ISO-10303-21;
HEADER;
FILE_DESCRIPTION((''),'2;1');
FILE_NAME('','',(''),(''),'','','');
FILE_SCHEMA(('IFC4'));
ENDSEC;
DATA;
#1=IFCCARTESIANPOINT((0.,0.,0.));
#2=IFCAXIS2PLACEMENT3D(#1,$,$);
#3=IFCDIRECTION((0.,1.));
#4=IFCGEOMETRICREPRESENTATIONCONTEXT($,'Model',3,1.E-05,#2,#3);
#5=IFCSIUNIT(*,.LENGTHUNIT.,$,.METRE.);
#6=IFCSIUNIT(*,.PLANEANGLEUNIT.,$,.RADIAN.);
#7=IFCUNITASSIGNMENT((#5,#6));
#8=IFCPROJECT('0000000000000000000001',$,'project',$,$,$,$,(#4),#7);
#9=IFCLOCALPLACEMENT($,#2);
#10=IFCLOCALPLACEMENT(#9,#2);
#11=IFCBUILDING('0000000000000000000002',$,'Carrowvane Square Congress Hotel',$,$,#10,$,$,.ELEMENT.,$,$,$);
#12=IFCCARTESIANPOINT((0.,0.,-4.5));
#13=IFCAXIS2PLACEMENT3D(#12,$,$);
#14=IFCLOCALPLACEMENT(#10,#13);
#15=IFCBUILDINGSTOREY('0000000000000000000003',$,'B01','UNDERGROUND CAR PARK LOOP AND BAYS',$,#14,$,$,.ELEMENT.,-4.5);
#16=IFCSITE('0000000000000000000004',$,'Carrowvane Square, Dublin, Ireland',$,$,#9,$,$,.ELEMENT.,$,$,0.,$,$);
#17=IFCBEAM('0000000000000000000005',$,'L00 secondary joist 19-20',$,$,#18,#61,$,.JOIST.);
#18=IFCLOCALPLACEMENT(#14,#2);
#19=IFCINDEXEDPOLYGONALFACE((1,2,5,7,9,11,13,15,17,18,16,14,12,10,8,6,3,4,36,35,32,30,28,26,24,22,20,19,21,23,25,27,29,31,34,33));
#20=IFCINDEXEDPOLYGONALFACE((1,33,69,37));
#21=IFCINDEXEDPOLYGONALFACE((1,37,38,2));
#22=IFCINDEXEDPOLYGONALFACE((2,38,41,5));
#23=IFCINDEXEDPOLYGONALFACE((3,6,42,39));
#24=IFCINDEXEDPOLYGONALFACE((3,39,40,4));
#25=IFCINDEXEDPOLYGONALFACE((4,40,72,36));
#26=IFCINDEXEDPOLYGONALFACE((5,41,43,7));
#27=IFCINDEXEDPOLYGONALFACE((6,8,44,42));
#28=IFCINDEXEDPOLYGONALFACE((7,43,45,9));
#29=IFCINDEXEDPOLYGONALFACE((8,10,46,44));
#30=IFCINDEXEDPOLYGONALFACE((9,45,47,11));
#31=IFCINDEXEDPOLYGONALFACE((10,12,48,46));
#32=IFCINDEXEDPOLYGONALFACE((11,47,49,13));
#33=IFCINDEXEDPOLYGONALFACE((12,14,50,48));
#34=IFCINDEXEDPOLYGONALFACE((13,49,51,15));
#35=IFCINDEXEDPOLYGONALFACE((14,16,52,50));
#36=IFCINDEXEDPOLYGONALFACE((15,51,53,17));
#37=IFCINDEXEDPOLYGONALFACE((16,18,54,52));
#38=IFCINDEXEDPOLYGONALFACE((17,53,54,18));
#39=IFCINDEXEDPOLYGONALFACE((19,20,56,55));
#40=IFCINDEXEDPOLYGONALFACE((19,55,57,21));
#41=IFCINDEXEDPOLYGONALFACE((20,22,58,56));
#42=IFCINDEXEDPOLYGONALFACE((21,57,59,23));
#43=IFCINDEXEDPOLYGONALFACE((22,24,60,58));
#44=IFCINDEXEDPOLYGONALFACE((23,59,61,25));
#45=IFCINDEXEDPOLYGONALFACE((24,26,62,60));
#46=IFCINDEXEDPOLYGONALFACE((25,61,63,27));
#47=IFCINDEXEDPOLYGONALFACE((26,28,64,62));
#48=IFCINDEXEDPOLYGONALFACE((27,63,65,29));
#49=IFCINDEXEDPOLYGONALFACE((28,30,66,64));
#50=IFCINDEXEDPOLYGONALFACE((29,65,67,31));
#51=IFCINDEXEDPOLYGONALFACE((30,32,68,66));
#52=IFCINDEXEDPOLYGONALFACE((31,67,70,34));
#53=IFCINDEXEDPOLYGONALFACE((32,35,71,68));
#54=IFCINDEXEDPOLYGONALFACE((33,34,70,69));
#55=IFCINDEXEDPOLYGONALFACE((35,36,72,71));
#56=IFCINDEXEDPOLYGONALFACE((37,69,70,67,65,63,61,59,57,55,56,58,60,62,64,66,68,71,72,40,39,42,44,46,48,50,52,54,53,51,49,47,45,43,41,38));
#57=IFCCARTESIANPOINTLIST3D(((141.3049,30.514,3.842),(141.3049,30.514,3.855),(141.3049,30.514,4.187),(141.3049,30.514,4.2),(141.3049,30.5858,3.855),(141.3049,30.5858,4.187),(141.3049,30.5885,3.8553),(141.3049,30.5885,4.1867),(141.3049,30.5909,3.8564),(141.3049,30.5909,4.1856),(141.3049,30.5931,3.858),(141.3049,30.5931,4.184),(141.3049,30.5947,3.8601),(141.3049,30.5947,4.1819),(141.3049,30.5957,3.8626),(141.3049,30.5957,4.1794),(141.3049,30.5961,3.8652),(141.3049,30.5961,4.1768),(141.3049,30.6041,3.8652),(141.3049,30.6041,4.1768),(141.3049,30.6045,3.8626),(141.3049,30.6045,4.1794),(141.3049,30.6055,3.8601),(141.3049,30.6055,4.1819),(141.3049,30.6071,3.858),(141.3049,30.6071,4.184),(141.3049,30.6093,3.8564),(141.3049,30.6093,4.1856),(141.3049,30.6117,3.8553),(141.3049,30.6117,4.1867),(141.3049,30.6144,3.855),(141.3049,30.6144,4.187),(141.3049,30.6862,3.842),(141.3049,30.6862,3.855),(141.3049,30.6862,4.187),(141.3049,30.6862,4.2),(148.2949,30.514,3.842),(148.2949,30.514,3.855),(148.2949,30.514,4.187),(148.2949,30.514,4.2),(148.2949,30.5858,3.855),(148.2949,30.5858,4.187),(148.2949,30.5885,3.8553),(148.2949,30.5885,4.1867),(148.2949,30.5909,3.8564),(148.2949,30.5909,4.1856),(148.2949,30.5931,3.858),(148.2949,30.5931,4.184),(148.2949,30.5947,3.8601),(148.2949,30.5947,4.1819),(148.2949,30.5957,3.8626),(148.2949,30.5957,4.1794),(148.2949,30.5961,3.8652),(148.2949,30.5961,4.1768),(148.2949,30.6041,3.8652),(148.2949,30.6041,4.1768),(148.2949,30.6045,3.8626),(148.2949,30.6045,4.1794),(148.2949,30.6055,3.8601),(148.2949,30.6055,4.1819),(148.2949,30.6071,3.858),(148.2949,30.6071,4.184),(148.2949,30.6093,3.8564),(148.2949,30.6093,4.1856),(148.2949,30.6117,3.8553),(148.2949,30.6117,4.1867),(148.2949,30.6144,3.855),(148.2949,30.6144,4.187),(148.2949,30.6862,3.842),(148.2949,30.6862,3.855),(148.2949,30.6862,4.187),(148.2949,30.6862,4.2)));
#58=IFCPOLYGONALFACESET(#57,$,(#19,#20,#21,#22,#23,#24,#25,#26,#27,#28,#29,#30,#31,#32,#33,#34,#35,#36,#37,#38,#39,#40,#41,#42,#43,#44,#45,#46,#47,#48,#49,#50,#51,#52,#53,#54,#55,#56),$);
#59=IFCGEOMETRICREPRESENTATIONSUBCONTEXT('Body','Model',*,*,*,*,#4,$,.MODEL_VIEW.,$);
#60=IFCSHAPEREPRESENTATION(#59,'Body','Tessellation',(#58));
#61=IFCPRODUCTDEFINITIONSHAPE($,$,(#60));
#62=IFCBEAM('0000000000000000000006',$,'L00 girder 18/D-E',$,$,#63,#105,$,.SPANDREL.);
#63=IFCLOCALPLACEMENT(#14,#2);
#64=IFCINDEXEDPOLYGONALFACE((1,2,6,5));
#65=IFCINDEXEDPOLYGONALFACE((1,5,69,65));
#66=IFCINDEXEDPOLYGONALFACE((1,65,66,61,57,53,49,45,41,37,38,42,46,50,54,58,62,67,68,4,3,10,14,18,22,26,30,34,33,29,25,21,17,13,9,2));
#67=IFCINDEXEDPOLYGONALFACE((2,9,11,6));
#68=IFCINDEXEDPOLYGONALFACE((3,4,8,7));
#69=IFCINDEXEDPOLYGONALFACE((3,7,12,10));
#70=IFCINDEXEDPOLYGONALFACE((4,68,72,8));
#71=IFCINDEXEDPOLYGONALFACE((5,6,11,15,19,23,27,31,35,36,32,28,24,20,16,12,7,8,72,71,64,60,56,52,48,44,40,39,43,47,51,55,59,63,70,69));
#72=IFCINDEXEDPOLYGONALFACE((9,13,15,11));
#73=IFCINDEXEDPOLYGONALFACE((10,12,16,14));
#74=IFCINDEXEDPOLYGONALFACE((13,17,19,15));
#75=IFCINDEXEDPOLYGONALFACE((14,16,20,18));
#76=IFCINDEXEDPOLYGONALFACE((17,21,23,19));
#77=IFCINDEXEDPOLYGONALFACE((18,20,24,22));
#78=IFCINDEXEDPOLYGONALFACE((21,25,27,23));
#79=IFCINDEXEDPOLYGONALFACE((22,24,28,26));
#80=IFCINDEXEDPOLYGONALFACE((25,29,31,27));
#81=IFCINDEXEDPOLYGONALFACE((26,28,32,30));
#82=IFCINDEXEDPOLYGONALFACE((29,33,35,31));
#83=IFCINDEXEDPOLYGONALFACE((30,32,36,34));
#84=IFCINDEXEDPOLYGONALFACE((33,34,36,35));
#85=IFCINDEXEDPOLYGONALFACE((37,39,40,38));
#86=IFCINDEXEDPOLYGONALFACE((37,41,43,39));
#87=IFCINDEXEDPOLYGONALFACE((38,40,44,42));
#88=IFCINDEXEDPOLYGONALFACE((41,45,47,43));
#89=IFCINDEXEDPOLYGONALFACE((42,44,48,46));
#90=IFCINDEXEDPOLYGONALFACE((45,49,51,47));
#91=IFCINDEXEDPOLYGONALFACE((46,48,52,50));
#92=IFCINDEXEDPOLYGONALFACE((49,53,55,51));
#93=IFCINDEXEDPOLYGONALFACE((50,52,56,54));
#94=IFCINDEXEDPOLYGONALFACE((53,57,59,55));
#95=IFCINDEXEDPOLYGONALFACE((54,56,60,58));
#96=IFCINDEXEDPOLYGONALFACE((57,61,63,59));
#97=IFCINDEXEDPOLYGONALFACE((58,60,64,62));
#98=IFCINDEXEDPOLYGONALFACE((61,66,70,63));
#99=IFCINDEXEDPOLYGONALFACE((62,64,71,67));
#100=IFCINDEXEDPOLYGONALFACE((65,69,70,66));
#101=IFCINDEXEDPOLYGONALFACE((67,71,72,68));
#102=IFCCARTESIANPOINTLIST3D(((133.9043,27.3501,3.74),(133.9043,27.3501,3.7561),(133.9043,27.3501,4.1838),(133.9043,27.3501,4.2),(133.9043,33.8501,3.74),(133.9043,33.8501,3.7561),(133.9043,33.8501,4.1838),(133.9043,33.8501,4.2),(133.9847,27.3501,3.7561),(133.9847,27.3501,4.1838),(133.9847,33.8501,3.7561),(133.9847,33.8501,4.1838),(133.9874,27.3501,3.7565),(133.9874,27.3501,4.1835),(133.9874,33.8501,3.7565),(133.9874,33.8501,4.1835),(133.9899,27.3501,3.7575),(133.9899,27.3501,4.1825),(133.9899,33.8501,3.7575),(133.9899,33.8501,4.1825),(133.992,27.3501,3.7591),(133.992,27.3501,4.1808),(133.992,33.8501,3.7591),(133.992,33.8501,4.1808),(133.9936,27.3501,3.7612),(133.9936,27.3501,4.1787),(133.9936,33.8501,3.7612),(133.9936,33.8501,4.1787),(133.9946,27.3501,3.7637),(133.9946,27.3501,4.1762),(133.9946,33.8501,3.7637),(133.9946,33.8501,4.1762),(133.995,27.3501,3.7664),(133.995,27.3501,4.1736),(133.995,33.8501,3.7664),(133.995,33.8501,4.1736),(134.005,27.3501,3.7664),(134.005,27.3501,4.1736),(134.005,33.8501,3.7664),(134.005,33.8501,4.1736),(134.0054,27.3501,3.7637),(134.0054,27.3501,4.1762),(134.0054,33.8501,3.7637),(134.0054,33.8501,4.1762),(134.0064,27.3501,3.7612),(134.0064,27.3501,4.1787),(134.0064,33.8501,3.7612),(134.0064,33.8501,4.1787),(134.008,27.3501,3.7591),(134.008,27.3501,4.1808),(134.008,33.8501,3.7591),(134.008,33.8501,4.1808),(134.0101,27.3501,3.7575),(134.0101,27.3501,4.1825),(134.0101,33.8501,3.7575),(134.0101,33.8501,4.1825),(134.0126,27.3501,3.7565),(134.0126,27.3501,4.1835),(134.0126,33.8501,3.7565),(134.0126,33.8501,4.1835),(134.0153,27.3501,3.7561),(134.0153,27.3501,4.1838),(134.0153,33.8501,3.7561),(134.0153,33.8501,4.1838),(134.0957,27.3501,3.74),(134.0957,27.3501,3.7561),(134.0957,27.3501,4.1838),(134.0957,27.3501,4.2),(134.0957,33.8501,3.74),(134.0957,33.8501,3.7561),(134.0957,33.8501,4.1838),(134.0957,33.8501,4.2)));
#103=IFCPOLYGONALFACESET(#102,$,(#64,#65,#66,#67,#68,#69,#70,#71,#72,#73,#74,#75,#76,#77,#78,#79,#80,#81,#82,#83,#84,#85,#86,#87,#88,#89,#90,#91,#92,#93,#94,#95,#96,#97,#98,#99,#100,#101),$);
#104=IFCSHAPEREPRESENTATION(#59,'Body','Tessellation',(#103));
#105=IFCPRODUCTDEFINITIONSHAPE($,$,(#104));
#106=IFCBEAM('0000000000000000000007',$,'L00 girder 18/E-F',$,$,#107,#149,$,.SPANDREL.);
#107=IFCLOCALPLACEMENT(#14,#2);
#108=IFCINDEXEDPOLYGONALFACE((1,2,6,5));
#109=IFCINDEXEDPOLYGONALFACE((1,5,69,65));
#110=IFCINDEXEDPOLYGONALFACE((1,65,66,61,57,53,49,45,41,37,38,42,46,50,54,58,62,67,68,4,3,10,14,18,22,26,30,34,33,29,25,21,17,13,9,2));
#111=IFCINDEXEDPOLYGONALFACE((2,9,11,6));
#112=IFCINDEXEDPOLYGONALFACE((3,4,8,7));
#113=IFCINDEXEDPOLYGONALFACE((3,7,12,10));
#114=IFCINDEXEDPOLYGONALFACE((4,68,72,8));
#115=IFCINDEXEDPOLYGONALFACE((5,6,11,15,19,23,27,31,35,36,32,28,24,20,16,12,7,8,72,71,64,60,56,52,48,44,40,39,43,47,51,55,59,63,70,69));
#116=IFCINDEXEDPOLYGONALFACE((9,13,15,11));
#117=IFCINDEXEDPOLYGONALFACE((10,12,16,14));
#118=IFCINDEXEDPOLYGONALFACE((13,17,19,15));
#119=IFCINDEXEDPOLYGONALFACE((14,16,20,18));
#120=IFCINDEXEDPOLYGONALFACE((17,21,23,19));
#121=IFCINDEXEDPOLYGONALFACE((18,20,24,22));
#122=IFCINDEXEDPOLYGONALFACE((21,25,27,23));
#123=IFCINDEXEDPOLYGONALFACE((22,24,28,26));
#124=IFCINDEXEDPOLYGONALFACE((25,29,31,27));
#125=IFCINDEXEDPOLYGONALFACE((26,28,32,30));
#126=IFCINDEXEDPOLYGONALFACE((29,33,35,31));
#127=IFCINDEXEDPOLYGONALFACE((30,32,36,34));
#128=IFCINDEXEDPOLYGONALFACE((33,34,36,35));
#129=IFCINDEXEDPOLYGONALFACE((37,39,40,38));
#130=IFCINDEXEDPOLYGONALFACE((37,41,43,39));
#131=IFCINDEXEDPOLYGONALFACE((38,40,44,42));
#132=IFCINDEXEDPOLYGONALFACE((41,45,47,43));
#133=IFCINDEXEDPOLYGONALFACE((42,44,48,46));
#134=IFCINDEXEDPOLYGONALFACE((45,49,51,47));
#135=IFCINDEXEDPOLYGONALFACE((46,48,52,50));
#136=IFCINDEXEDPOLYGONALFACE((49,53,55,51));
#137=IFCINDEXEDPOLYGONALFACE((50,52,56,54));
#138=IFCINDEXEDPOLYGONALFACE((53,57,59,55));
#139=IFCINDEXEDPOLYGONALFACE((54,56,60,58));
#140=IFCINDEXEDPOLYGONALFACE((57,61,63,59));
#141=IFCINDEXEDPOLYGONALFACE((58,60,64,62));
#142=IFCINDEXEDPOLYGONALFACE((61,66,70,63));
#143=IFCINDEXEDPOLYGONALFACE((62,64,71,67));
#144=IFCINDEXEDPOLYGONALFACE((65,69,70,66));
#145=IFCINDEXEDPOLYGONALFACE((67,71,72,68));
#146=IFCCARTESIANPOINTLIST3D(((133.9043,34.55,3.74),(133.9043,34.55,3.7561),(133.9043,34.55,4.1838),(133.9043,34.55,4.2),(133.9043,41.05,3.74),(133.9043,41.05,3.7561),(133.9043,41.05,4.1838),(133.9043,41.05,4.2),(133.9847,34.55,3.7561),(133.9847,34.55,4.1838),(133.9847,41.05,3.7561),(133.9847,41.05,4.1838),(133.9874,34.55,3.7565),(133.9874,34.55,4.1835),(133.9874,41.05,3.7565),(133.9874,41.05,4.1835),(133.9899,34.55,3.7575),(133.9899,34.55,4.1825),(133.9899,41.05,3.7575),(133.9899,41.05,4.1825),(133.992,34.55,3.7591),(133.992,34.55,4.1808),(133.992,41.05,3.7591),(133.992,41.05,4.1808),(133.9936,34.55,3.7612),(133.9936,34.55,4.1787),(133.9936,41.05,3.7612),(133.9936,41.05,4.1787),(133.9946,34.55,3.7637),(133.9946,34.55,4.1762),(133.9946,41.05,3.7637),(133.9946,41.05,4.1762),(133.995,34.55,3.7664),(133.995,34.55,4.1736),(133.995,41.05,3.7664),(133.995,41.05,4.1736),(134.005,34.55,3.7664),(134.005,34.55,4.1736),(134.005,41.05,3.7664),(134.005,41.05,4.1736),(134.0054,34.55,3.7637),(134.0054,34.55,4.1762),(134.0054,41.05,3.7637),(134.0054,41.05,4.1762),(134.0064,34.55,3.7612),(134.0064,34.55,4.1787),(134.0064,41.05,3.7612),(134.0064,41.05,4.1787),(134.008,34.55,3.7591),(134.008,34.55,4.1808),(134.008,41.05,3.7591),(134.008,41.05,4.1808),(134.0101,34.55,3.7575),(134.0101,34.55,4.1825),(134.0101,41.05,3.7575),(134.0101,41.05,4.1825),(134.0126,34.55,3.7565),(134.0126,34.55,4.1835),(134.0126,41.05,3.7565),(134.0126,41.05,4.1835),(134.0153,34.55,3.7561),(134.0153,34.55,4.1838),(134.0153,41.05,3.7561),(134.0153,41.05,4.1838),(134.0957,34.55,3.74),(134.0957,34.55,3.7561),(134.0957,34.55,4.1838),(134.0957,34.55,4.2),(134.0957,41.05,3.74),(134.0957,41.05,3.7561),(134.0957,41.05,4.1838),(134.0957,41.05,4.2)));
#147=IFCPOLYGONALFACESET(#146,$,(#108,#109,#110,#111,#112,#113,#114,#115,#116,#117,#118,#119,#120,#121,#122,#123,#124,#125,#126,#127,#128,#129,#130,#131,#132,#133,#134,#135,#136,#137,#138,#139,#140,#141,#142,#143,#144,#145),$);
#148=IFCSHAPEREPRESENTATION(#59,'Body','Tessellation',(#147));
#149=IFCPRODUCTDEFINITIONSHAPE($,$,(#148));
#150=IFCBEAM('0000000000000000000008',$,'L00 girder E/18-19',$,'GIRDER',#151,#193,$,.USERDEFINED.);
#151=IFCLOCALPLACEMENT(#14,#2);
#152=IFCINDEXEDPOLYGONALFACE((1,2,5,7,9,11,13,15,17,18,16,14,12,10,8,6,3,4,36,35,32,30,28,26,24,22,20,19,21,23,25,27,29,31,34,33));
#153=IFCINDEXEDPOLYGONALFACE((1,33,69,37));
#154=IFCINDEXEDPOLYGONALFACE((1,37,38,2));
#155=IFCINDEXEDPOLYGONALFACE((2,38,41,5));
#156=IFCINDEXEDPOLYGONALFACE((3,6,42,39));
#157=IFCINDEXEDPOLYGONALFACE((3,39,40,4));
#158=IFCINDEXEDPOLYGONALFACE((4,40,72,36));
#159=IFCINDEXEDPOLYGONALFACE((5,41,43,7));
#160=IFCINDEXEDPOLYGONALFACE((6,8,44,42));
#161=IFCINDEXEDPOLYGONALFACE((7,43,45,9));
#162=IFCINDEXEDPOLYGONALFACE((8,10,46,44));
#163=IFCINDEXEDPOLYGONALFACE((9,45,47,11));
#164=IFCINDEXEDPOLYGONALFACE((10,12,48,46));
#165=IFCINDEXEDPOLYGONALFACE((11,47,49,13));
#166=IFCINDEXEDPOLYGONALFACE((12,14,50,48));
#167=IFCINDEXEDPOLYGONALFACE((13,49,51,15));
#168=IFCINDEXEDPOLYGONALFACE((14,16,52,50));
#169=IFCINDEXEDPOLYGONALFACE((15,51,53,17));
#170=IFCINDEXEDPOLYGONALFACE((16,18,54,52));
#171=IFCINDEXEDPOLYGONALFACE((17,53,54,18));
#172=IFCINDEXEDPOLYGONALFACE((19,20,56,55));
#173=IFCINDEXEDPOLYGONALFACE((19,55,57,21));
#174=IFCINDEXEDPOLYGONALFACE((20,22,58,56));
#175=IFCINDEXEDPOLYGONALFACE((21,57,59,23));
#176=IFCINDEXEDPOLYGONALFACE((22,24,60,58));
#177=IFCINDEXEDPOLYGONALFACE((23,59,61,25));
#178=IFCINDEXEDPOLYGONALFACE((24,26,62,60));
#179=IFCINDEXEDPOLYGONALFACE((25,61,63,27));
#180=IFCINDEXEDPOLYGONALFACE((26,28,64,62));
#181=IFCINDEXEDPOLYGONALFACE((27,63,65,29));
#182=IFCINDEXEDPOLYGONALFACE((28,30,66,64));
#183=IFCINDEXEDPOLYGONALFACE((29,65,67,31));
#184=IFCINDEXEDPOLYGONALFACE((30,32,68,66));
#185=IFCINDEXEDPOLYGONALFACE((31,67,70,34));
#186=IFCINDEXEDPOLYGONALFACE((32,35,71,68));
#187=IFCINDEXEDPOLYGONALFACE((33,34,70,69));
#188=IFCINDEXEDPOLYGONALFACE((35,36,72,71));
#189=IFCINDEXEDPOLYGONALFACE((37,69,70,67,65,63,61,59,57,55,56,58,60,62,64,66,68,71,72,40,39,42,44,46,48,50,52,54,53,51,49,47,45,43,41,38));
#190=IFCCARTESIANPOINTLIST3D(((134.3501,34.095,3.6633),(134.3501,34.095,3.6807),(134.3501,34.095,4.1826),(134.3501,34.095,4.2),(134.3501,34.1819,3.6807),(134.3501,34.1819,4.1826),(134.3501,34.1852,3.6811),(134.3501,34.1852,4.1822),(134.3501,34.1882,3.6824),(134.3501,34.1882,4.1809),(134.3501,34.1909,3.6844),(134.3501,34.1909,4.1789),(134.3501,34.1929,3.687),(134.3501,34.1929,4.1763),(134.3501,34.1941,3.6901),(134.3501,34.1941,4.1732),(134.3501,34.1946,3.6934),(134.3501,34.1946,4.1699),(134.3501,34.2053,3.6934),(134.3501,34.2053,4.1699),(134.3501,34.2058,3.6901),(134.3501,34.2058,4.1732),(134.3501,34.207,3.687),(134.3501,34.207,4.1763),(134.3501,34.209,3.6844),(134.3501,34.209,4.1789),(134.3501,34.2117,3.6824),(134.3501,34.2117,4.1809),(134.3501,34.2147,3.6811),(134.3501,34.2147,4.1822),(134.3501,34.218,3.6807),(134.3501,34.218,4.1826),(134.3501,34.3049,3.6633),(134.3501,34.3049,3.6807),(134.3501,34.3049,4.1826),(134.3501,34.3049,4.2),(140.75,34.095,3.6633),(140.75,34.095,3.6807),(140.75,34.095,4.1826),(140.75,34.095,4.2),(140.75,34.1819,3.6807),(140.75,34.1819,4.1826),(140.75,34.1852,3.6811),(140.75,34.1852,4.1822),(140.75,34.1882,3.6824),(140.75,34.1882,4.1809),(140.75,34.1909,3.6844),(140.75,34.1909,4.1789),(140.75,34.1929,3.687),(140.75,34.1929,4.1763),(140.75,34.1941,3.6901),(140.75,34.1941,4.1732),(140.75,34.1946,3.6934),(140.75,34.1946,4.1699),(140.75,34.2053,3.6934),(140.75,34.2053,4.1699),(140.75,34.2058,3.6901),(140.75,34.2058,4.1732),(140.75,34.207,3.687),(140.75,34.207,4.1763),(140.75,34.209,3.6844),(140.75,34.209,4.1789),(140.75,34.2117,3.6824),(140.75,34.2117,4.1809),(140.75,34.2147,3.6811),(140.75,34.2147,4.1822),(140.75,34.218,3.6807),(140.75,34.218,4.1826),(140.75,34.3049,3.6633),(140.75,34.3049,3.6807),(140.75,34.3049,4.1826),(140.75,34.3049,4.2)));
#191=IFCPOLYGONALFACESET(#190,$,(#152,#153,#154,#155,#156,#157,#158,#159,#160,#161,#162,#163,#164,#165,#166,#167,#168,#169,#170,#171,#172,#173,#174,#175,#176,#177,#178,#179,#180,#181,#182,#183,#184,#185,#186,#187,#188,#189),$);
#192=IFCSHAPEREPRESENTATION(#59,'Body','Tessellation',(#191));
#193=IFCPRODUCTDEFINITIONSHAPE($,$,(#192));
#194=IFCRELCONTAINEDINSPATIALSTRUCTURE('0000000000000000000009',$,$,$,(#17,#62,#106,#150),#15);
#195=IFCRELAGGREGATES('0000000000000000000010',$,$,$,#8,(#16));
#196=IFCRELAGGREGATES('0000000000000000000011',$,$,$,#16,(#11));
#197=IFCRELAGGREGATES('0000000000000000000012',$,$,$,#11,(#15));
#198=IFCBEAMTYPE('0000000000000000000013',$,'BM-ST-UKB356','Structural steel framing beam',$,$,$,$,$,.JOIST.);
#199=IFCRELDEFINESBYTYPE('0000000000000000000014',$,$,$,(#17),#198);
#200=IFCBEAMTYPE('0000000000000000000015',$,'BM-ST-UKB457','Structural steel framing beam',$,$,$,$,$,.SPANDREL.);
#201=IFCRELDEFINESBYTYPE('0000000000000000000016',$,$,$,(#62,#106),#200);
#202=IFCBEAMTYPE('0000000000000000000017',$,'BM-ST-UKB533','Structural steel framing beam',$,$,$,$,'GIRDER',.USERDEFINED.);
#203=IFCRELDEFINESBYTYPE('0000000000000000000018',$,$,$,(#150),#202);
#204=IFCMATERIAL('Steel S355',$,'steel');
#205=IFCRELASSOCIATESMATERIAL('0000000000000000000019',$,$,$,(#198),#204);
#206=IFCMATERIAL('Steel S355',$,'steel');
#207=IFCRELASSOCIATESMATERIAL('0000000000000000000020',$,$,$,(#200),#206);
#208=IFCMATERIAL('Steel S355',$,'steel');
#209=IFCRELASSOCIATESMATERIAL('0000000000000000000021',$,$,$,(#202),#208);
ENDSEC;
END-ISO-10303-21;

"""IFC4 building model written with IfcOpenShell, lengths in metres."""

from ifc_helpers import new_model, si_unit, direction, frame, origin, origin_2d, place, context, subcontext, project, spatial, i_section, extrude, material, material_profile, profile_set, type_object, element, save


model = new_model("IFC4")

# Units and contexts
model_context = context("Model", 3, precision=1e-05, world=origin(), true_north=direction((0.0, 1.0)))
body_context = subcontext(model_context, "Body", "Model", "MODEL_VIEW")
ifc_project = project(units=[si_unit("LENGTHUNIT", "METRE"), si_unit("PLANEANGLEUNIT", "RADIAN")], contexts=[model_context])

# Site, building, storey
site_placement = place(None, origin())
site = spatial("IfcSite", under=ifc_project, at=site_placement, Name="Carrowvane Square, Dublin, Ireland", CompositionType="ELEMENT", RefElevation=0.0)
building_placement = place(site_placement, origin())
building = spatial("IfcBuilding", under=site, at=building_placement, Name="Carrowvane Square Congress Hotel", CompositionType="ELEMENT")
storey_placement = place(building_placement, frame((0.0, 0.0, -4.5)))
storey = spatial("IfcBuildingStorey", under=building, at=storey_placement, Name="B01", Description="UNDERGROUND CAR PARK LOOP AND BAYS", CompositionType="ELEMENT", Elevation=-4.5)

# Beams
ifc_material_1 = material(Name="Steel S355", Category="steel")
ifc_material_profile_1 = material_profile(ifc_material_1, i_section(OverallWidth=0.1721, OverallDepth=0.3579, WebThickness=0.0081, FlangeThickness=0.0129, FilletRadius=0.0103, at=origin_2d()), Name="UKB 356x171x57")
ifc_profile_set_1 = profile_set([ifc_material_profile_1], Name="Steel S355")
beam_type_1 = type_object("IfcBeamType", Name="BM-ST-UKB356", Description="Structural steel framing beam", PredefinedType="JOIST", material=ifc_profile_set_1)
beam_1_placement = place(storey_placement, frame((141.3049, 30.6001, 4.021), z_axis=(1.0, 0.0, 0.0), x_axis=(0.0, 1.0, 0.0)))
element("IfcBeam", 1, at=beam_1_placement, inside=storey, type_object=beam_type_1, Name="L00 secondary joist 19-20", PredefinedType="JOIST", context=body_context, shape_type="SweptSolid", body=[
    extrude(i_section(OverallWidth=0.1721, OverallDepth=0.3579, WebThickness=0.0081, FlangeThickness=0.0129, FilletRadius=0.0103, at=origin_2d()), origin(), (0.0, 0.0, 1.0), 6.99),
])
ifc_material_2 = material(Name="Steel S355", Category="steel")
ifc_material_profile_2 = material_profile(ifc_material_2, i_section(OverallWidth=0.1914, OverallDepth=0.46, WebThickness=0.01, FlangeThickness=0.0161, FilletRadius=0.0103, at=origin_2d()), Name="UKB 457x191x82")
ifc_profile_set_2 = profile_set([ifc_material_profile_2], Name="Steel S355")
beam_type_2 = type_object("IfcBeamType", Name="BM-ST-UKB457", Description="Structural steel framing beam", PredefinedType="SPANDREL", material=ifc_profile_set_2)
for number, where, z_axis, x_axis, name in (
    (2, (134.0, 27.3501, 3.97), (0.0, 1.0, 0.0), (-1.0, 0.0, 0.0), "L00 girder 18/D-E"),
    (3, (134.0, 34.55, 3.97), (0.0, 1.0, 0.0), (-1.0, 0.0, 0.0), "L00 girder 18/E-F"),
):
    element("IfcBeam", number, at=place(storey_placement, frame(where, z_axis=z_axis, x_axis=x_axis)), inside=storey, type_object=beam_type_2, Name=name, PredefinedType="SPANDREL", context=body_context, shape_type="SweptSolid", body=[
        extrude(i_section(OverallWidth=0.1914, OverallDepth=0.46, WebThickness=0.01, FlangeThickness=0.0161, FilletRadius=0.0103, at=origin_2d()), origin(), (0.0, 0.0, 1.0), 6.5),
    ])
ifc_material_3 = material(Name="Steel S355", Category="steel")
ifc_material_profile_3 = material_profile(ifc_material_3, i_section(OverallWidth=0.21, OverallDepth=0.5366, WebThickness=0.0107, FlangeThickness=0.0173, FilletRadius=0.0127, at=origin_2d()), Name="UKB 533x210x101")
ifc_profile_set_3 = profile_set([ifc_material_profile_3], Name="Steel S355")
beam_type_3 = type_object("IfcBeamType", Name="BM-ST-UKB533", Description="Structural steel framing beam", ElementType="GIRDER", PredefinedType="USERDEFINED", material=ifc_profile_set_3)
beam_2_placement = place(storey_placement, frame((134.3501, 34.2, 3.9316), z_axis=(1.0, 0.0, 0.0), x_axis=(0.0, 1.0, 0.0)))
element("IfcBeam", 4, at=beam_2_placement, inside=storey, type_object=beam_type_3, Name="L00 girder E/18-19", ObjectType="GIRDER", PredefinedType="USERDEFINED", context=body_context, shape_type="SweptSolid", body=[
    extrude(i_section(OverallWidth=0.21, OverallDepth=0.5366, WebThickness=0.0107, FlangeThickness=0.0173, FilletRadius=0.0127, at=origin_2d()), origin(), (0.0, 0.0, 1.0), 6.3999),
])

save(model, "model.ifc")
